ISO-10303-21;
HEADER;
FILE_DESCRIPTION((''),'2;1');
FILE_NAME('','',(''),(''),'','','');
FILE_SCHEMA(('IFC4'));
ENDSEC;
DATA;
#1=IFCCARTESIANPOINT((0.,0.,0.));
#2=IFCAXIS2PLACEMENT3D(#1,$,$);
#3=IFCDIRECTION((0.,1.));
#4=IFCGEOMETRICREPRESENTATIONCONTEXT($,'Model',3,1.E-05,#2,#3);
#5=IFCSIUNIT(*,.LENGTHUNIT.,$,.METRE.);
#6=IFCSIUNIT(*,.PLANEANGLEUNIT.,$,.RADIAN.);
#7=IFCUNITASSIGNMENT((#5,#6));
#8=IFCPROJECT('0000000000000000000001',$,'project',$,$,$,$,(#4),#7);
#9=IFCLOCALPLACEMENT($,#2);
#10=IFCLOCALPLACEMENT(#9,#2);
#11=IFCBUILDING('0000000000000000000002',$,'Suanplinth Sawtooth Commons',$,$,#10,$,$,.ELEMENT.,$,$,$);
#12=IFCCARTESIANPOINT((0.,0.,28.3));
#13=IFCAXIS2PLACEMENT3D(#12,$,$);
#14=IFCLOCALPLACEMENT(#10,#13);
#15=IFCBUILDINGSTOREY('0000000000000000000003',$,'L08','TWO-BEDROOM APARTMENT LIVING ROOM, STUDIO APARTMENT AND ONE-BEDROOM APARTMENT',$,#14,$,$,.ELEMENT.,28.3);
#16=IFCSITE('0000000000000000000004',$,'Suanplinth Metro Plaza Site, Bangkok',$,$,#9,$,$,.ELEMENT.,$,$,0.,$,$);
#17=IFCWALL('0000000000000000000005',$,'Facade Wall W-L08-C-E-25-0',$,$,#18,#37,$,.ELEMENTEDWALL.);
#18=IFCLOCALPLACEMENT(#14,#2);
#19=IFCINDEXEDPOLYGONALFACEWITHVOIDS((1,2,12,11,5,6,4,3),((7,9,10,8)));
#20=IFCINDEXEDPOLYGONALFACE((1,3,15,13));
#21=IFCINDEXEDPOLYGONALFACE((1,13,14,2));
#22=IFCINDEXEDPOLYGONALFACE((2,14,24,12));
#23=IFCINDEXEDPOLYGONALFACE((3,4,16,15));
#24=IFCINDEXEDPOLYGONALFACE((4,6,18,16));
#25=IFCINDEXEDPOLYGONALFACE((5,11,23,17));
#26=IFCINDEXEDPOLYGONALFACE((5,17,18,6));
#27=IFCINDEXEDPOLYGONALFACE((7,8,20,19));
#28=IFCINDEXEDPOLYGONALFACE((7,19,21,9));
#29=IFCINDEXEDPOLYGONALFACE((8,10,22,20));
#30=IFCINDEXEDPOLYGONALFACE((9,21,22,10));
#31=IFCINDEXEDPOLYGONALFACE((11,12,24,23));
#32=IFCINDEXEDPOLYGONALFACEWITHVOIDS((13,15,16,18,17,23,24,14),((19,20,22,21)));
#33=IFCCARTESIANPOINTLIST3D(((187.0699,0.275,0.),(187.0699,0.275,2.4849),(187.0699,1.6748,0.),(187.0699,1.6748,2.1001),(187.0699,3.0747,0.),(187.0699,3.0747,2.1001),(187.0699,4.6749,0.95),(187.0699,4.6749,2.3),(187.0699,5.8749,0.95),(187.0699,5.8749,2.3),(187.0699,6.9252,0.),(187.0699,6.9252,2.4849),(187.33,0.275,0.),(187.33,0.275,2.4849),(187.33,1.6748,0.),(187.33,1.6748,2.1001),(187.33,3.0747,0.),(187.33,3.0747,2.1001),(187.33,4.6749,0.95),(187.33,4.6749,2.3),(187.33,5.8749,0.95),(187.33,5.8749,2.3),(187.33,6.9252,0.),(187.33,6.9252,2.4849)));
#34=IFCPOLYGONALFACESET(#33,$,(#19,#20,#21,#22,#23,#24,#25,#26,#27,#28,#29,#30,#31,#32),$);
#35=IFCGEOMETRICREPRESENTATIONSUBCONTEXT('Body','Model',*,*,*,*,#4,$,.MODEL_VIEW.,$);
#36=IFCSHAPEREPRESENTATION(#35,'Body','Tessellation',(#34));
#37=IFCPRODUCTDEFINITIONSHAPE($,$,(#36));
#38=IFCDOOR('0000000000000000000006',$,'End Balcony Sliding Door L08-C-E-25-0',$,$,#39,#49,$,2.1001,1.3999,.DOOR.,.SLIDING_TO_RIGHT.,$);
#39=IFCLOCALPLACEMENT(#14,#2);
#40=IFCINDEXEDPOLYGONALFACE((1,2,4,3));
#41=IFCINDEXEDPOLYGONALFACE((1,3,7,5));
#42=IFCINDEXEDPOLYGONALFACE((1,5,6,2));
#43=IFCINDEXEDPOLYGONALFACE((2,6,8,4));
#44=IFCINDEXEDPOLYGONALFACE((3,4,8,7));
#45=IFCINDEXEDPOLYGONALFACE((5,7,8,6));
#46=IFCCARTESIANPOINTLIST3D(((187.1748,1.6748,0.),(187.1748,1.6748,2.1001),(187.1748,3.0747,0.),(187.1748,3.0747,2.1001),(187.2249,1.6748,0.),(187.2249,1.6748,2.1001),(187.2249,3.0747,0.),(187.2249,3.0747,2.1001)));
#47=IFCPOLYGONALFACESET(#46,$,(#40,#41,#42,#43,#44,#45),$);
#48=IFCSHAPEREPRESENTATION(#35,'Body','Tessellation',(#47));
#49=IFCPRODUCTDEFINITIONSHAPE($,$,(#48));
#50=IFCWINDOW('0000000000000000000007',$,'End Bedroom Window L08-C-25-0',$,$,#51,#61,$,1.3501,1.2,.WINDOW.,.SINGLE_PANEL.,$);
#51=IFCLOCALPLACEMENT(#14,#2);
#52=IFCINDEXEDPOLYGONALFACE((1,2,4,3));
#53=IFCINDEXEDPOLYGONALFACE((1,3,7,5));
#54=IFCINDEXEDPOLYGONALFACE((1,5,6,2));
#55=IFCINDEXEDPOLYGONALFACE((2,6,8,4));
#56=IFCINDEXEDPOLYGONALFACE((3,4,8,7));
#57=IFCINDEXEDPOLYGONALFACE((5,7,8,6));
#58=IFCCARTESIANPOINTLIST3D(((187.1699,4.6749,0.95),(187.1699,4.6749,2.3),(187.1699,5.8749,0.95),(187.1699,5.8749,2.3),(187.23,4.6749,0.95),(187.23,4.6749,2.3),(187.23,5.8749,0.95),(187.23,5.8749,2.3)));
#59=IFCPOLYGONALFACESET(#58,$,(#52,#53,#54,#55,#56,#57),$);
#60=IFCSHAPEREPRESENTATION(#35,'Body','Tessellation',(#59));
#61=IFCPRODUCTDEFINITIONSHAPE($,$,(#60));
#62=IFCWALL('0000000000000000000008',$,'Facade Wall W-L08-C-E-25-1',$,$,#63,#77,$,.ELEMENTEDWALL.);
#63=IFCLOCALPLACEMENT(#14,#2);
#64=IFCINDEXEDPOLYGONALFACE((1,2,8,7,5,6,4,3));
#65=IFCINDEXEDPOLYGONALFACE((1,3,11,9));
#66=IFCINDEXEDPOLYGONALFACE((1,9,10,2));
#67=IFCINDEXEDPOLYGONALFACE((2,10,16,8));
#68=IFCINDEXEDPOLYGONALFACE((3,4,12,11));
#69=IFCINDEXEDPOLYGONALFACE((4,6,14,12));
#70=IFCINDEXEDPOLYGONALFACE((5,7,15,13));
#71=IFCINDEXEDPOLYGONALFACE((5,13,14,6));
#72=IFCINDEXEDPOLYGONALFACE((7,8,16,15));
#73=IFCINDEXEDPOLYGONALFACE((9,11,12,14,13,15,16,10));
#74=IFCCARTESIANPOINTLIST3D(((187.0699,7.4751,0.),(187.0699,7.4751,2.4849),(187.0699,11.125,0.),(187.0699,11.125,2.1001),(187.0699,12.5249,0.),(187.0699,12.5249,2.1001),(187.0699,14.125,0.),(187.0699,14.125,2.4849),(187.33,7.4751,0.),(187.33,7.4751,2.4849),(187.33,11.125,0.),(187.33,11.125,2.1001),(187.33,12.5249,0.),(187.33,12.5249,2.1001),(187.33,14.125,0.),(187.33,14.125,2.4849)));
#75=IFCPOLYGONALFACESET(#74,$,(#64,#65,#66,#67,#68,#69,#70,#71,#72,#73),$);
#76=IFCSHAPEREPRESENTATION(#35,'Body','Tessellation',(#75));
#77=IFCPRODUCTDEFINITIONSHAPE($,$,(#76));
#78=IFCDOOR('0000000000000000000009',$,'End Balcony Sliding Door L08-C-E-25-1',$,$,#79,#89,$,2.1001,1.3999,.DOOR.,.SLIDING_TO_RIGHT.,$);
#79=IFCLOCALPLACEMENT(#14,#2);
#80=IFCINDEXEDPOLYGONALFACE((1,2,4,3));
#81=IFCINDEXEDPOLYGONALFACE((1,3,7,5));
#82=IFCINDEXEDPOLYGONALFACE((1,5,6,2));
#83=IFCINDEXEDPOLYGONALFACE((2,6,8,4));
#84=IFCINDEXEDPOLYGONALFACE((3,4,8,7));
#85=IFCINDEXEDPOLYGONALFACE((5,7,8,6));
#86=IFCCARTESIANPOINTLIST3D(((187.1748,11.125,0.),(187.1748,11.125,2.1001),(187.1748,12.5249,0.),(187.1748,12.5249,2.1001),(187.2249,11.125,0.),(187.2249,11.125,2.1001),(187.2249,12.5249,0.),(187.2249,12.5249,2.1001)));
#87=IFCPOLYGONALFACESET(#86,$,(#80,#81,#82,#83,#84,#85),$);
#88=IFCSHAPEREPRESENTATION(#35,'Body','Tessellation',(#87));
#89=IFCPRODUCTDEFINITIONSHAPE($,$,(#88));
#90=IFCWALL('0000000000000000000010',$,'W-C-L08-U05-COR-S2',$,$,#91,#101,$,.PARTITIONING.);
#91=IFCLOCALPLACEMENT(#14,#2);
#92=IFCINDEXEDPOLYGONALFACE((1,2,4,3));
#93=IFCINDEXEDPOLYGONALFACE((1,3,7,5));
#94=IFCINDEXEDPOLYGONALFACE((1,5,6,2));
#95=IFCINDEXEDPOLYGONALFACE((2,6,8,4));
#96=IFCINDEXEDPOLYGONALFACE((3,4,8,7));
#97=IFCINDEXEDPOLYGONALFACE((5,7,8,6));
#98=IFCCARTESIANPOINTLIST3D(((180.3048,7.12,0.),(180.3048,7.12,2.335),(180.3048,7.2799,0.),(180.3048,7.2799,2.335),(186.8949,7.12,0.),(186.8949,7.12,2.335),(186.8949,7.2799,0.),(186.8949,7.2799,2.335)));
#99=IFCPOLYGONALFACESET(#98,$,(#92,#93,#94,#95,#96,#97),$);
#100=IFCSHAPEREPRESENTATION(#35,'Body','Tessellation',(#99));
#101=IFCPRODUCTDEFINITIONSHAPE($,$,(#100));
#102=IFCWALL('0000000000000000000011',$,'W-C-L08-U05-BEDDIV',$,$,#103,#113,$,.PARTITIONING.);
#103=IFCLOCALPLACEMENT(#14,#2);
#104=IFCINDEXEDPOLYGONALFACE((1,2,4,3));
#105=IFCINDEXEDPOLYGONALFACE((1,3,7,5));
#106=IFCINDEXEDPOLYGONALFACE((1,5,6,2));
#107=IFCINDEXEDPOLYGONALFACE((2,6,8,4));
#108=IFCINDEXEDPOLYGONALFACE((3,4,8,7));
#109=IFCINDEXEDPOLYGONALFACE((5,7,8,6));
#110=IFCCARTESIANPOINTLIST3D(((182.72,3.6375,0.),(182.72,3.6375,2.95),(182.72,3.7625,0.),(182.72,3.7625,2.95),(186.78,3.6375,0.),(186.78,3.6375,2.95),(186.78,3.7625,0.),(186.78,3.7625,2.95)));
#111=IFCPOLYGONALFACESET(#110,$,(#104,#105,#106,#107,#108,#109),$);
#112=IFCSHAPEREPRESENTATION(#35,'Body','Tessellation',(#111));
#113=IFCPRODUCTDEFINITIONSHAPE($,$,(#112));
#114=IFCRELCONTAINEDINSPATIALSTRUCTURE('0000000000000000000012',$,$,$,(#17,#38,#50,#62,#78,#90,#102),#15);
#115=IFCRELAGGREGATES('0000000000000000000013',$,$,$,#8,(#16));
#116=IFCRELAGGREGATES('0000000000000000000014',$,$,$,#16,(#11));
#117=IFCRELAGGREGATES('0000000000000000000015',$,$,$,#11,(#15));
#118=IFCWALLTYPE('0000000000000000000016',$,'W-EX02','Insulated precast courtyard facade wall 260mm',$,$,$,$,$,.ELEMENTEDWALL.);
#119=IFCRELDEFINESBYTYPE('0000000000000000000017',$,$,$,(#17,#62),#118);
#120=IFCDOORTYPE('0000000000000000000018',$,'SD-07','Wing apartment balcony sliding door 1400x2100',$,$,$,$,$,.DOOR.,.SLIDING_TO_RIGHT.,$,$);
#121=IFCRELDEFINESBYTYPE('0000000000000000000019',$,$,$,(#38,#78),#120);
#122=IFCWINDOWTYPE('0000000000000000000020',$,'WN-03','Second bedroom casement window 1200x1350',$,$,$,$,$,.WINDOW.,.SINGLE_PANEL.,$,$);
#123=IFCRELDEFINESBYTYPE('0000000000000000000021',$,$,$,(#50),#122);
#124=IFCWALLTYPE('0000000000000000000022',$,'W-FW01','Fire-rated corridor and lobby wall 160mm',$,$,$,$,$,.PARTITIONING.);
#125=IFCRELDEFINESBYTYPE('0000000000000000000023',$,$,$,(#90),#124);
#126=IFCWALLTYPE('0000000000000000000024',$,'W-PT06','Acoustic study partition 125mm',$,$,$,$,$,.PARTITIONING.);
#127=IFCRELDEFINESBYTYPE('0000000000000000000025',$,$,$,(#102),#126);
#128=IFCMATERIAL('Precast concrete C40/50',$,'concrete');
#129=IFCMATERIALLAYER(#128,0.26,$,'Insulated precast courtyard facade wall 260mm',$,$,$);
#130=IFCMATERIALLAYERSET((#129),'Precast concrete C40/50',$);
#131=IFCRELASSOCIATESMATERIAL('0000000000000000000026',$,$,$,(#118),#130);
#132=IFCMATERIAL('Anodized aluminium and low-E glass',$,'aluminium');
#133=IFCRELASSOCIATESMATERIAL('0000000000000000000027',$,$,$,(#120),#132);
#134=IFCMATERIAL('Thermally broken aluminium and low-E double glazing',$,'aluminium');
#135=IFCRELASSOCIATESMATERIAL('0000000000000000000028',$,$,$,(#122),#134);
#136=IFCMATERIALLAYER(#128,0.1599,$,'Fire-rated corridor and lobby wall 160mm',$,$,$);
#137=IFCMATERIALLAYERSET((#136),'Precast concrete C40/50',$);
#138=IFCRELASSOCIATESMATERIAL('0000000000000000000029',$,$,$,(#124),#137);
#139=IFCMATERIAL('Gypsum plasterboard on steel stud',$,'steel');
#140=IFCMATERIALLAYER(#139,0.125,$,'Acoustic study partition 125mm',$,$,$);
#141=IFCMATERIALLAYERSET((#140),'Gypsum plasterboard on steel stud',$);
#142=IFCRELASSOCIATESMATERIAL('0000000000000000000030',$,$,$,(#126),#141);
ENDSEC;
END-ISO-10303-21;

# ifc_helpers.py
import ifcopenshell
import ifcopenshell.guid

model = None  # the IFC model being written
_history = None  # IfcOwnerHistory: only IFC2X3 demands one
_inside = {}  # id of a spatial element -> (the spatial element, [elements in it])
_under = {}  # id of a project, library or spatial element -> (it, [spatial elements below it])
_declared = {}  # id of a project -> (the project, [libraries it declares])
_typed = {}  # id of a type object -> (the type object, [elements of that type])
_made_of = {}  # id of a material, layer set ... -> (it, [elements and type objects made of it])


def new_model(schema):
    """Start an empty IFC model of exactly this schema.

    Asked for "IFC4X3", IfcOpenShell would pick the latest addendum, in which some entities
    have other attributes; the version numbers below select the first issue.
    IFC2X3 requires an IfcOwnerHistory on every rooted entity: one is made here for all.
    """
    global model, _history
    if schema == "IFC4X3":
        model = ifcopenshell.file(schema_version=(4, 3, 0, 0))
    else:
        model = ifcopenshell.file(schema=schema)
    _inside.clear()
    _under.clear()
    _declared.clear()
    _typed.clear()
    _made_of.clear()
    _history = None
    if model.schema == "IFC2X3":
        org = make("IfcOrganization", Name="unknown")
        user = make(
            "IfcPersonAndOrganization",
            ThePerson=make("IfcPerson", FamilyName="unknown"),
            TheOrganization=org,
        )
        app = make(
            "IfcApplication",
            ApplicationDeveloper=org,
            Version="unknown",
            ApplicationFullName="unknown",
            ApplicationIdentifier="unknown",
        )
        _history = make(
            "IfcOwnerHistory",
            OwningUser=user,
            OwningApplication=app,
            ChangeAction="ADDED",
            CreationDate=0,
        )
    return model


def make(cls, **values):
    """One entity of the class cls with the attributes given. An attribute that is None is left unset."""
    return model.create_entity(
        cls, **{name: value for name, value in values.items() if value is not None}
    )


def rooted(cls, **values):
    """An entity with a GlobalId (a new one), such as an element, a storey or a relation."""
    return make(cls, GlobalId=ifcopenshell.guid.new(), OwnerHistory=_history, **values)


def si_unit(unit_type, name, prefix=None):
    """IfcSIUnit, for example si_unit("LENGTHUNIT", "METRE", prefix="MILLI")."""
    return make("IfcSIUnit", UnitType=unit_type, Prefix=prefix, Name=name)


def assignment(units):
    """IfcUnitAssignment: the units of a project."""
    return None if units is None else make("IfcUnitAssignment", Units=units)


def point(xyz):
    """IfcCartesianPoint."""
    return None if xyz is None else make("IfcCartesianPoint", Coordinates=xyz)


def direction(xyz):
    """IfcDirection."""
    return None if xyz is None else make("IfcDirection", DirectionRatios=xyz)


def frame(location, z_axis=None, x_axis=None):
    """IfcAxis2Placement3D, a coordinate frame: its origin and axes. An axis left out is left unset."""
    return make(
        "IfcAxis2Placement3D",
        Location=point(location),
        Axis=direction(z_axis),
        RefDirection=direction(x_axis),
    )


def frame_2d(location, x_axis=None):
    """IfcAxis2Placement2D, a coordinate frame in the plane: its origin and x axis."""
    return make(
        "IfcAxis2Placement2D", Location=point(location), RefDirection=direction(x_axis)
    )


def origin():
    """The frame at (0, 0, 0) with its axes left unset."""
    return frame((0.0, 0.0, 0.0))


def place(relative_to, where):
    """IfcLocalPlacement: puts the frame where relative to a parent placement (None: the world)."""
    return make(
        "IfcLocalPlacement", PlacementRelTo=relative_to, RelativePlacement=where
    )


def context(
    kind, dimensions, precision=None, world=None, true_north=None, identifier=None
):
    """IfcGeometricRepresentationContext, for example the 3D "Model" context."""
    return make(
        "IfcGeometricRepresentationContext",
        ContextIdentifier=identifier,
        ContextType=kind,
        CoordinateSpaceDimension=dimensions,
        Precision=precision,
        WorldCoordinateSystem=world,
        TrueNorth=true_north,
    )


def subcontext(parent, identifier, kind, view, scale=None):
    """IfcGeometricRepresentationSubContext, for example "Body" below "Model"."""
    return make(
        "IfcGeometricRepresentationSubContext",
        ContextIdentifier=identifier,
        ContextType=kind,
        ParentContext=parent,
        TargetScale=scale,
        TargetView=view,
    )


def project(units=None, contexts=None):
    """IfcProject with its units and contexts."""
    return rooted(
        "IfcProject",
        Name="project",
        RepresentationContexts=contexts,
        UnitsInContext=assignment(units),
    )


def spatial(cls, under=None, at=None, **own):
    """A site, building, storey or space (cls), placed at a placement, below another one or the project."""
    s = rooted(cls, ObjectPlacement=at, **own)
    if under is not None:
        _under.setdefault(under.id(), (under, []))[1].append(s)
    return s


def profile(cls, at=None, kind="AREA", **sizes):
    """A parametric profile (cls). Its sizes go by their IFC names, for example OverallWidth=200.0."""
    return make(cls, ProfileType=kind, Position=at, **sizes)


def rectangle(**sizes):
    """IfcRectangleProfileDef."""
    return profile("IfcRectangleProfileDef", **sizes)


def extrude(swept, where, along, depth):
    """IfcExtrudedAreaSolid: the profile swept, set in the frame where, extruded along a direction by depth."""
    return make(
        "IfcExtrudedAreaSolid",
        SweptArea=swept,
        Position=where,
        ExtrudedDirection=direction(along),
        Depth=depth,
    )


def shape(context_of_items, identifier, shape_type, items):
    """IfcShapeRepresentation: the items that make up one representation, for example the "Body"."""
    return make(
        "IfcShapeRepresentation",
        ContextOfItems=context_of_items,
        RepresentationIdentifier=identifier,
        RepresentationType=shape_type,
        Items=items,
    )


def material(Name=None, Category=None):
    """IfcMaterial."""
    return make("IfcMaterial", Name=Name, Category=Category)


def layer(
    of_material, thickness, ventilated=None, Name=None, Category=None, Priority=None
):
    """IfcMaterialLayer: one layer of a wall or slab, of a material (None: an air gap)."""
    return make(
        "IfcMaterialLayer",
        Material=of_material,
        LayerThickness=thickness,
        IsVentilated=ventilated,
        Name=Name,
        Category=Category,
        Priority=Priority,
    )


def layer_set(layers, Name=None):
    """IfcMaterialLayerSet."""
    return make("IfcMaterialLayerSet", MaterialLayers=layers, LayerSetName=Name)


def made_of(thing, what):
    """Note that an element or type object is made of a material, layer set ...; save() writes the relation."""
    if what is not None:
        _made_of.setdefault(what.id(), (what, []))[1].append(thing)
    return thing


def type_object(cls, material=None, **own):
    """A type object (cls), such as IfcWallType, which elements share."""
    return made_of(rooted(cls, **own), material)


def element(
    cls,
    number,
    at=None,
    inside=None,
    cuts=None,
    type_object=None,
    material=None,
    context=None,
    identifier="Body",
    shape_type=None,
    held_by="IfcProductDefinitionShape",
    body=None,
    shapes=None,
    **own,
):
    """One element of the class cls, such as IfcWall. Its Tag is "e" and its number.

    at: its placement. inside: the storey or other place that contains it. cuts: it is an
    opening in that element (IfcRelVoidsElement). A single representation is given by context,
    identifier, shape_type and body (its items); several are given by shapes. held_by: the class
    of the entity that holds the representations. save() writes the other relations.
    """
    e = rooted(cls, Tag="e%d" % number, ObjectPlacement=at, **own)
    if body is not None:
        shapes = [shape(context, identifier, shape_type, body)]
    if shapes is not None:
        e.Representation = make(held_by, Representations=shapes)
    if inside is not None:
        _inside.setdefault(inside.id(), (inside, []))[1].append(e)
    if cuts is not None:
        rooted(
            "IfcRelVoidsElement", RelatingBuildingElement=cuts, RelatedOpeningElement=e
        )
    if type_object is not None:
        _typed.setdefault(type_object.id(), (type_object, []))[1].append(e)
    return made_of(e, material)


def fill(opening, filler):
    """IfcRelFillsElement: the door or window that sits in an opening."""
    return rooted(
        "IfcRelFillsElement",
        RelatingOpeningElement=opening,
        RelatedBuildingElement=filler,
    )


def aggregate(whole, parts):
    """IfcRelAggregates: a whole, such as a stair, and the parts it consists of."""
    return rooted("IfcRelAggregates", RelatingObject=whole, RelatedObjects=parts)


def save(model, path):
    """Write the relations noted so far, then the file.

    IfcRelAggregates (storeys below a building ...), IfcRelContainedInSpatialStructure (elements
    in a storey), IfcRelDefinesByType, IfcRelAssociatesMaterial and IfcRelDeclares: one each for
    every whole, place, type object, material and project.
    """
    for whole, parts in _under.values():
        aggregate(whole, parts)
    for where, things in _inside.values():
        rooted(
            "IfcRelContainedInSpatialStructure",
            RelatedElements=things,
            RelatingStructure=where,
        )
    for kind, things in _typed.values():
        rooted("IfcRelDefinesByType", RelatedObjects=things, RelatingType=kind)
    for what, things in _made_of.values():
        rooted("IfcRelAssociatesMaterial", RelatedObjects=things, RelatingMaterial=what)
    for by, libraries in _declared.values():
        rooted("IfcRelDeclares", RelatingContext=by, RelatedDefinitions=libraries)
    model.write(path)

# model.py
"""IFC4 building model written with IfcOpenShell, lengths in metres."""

from ifc_helpers import new_model, si_unit, direction, frame, frame_2d, origin, place, context, subcontext, project, spatial, rectangle, extrude, material, layer, layer_set, type_object, element, fill, save


model = new_model("IFC4")

# Units and contexts
model_context = context("Model", 3, precision=1e-05, world=origin(), true_north=direction((0.0, 1.0)))
body_context = subcontext(model_context, "Body", "Model", "MODEL_VIEW")
ifc_project = project(units=[si_unit("LENGTHUNIT", "METRE"), si_unit("PLANEANGLEUNIT", "RADIAN")], contexts=[model_context])

# Site, building, storey
site_placement = place(None, origin())
site = spatial("IfcSite", under=ifc_project, at=site_placement, Name="Suanplinth Metro Plaza Site, Bangkok", CompositionType="ELEMENT", RefElevation=0.0)
building_placement = place(site_placement, origin())
building = spatial("IfcBuilding", under=site, at=building_placement, Name="Suanplinth Sawtooth Commons", CompositionType="ELEMENT")
storey_placement = place(building_placement, frame((0.0, 0.0, 28.3)))
storey = spatial("IfcBuildingStorey", under=building, at=storey_placement, Name="L08", Description="TWO-BEDROOM APARTMENT LIVING ROOM, STUDIO APARTMENT AND ONE-BEDROOM APARTMENT", CompositionType="ELEMENT", Elevation=28.3)

# Shared definitions
ifc_material_1 = material(Name="Precast concrete C40/50", Category="concrete")

# Wall, openings, door, window
ifc_layer_1 = layer(ifc_material_1, 0.26, Name="Insulated precast courtyard facade wall 260mm")
ifc_layer_set_1 = layer_set([ifc_layer_1], Name="Precast concrete C40/50")
wall_type_1 = type_object("IfcWallType", Name="W-EX02", Description="Insulated precast courtyard facade wall 260mm", PredefinedType="ELEMENTEDWALL", material=ifc_layer_set_1)
ifc_material_2 = material(Name="Anodized aluminium and low-E glass", Category="aluminium")
ifc_material_3 = material(Name="Thermally broken aluminium and low-E double glazing", Category="aluminium")
wall_1_placement = place(storey_placement, frame((187.2, 0.2749, 0.0), z_axis=(0.0, 0.0, 1.0), x_axis=(0.0, 1.0, 0.0)))
wall_1 = element("IfcWall", 1, at=wall_1_placement, inside=storey, type_object=wall_type_1, Name="Facade Wall W-L08-C-E-25-0", PredefinedType="ELEMENTEDWALL", context=body_context, shape_type="SweptSolid", body=[
    extrude(rectangle(XDim=6.6501, YDim=0.26, at=frame_2d((3.3252, 0.0))), origin(), (0.0, 0.0, 1.0), 2.4849),
])
opening_1_placement = place(wall_1_placement, frame((1.3999, 0.0, 0.0)))
opening_1 = element("IfcOpeningElement", 2, at=opening_1_placement, cuts=wall_1, PredefinedType="OPENING", context=body_context, shape_type="SweptSolid", body=[
    extrude(rectangle(XDim=1.3999, YDim=2.1001, at=frame_2d((0.7, 1.05))), frame((0.0, 0.145, 0.0), z_axis=(0.0, -1.0, 0.0), x_axis=(1.0, 0.0, 0.0)), (0.0, 0.0, 1.0), 0.2898),
])
opening_2_placement = place(wall_1_placement, frame((4.3999, 0.0, 0.95)))
opening_2 = element("IfcOpeningElement", 3, at=opening_2_placement, cuts=wall_1, PredefinedType="OPENING", context=body_context, shape_type="SweptSolid", body=[
    extrude(rectangle(XDim=1.2, YDim=1.3501, at=frame_2d((0.6001, 0.675))), frame((0.0, 0.145, 0.0), z_axis=(0.0, -1.0, 0.0), x_axis=(1.0, 0.0, 0.0)), (0.0, 0.0, 1.0), 0.2898),
])
door_type_1 = type_object("IfcDoorType", Name="SD-07", Description="Wing apartment balcony sliding door 1400x2100", OperationType="SLIDING_TO_RIGHT", PredefinedType="DOOR", material=ifc_material_2)
door_1_placement = place(opening_1_placement, frame((1.3999, 0.0, 0.0), z_axis=(0.0, 0.0, 1.0), x_axis=(-1.0, 0.0, 0.0)))
door_1 = element("IfcDoor", 4, at=door_1_placement, inside=storey, type_object=door_type_1, Name="End Balcony Sliding Door L08-C-E-25-0", OperationType="SLIDING_TO_RIGHT", OverallHeight=2.1001, OverallWidth=1.3999, PredefinedType="DOOR", context=body_context, shape_type="SweptSolid", body=[
    extrude(rectangle(XDim=1.3999, YDim=2.1001, at=frame_2d((0.7, 1.05))), frame((0.0, 0.0249, 0.0), z_axis=(0.0, -1.0, 0.0), x_axis=(1.0, 0.0, 0.0)), (0.0, 0.0, 1.0), 0.05),
])
fill(opening_1, door_1)
window_type_1 = type_object("IfcWindowType", Name="WN-03", Description="Second bedroom casement window 1200x1350", PartitioningType="SINGLE_PANEL", PredefinedType="WINDOW", material=ifc_material_3)
window_1_placement = place(opening_2_placement, origin())
window_1 = element("IfcWindow", 5, at=window_1_placement, inside=storey, type_object=window_type_1, Name="End Bedroom Window L08-C-25-0", OverallHeight=1.3501, OverallWidth=1.2, PartitioningType="SINGLE_PANEL", PredefinedType="WINDOW", context=body_context, shape_type="SweptSolid", body=[
    extrude(rectangle(XDim=1.2, YDim=1.3501, at=frame_2d((0.6001, 0.675))), frame((0.0, 0.03, 0.0), z_axis=(0.0, -1.0, 0.0), x_axis=(1.0, 0.0, 0.0)), (0.0, 0.0, 1.0), 0.0601),
])
fill(opening_2, window_1)

# Wall, opening, door
wall_2_placement = place(storey_placement, frame((187.2, 7.4751, 0.0), z_axis=(0.0, 0.0, 1.0), x_axis=(0.0, 1.0, 0.0)))
wall_2 = element("IfcWall", 6, at=wall_2_placement, inside=storey, type_object=wall_type_1, Name="Facade Wall W-L08-C-E-25-1", PredefinedType="ELEMENTEDWALL", context=body_context, shape_type="SweptSolid", body=[
    extrude(rectangle(XDim=6.6499, YDim=0.26, at=frame_2d((3.325, 0.0))), origin(), (0.0, 0.0, 1.0), 2.4849),
])
opening_3_placement = place(wall_2_placement, frame((3.6499, 0.0, 0.0)))
opening_3 = element("IfcOpeningElement", 7, at=opening_3_placement, cuts=wall_2, PredefinedType="OPENING", context=body_context, shape_type="SweptSolid", body=[
    extrude(rectangle(XDim=1.3999, YDim=2.1001, at=frame_2d((0.7, 1.05))), frame((0.0, 0.145, 0.0), z_axis=(0.0, -1.0, 0.0), x_axis=(1.0, 0.0, 0.0)), (0.0, 0.0, 1.0), 0.2898),
])
door_2_placement = place(opening_3_placement, frame((1.3999, 0.0, 0.0), z_axis=(0.0, 0.0, 1.0), x_axis=(-1.0, 0.0, 0.0)))
door_2 = element("IfcDoor", 8, at=door_2_placement, inside=storey, type_object=door_type_1, Name="End Balcony Sliding Door L08-C-E-25-1", OperationType="SLIDING_TO_RIGHT", OverallHeight=2.1001, OverallWidth=1.3999, PredefinedType="DOOR", context=body_context, shape_type="SweptSolid", body=[
    extrude(rectangle(XDim=1.3999, YDim=2.1001, at=frame_2d((0.7, 1.05))), frame((0.0, 0.0249, 0.0), z_axis=(0.0, -1.0, 0.0), x_axis=(1.0, 0.0, 0.0)), (0.0, 0.0, 1.0), 0.05),
])
fill(opening_3, door_2)

# Wall
ifc_layer_2 = layer(ifc_material_1, 0.1599, Name="Fire-rated corridor and lobby wall 160mm")
ifc_layer_set_2 = layer_set([ifc_layer_2], Name="Precast concrete C40/50")
wall_type_2 = type_object("IfcWallType", Name="W-FW01", Description="Fire-rated corridor and lobby wall 160mm", PredefinedType="PARTITIONING", material=ifc_layer_set_2)
wall_3_placement = place(storey_placement, frame((180.3049, 7.2, 0.0), z_axis=(0.0, 0.0, 1.0), x_axis=(1.0, 0.0, 0.0)))
element("IfcWall", 9, at=wall_3_placement, inside=storey, type_object=wall_type_2, Name="W-C-L08-U05-COR-S2", PredefinedType="PARTITIONING", context=body_context, shape_type="SweptSolid", body=[
    extrude(rectangle(XDim=6.5901, YDim=0.1599, at=frame_2d((3.2949, 0.0))), origin(), (0.0, 0.0, 1.0), 2.335),
])

# Shared definitions
ifc_material_4 = material(Name="Gypsum plasterboard on steel stud", Category="steel")

# Wall
ifc_layer_3 = layer(ifc_material_4, 0.125, Name="Acoustic study partition 125mm")
ifc_layer_set_3 = layer_set([ifc_layer_3], Name="Gypsum plasterboard on steel stud")
wall_type_3 = type_object("IfcWallType", Name="W-PT06", Description="Acoustic study partition 125mm", PredefinedType="PARTITIONING", material=ifc_layer_set_3)
wall_4_placement = place(storey_placement, frame((182.72, 3.7, 0.0), z_axis=(0.0, 0.0, 1.0), x_axis=(1.0, 0.0, 0.0)))
element("IfcWall", 10, at=wall_4_placement, inside=storey, type_object=wall_type_3, Name="W-C-L08-U05-BEDDIV", PredefinedType="PARTITIONING", context=body_context, shape_type="SweptSolid", body=[
    extrude(rectangle(XDim=4.0601, YDim=0.125, at=frame_2d((2.03, 0.0))), origin(), (0.0, 0.0, 1.0), 2.95),
])

save(model, "model.ifc")
